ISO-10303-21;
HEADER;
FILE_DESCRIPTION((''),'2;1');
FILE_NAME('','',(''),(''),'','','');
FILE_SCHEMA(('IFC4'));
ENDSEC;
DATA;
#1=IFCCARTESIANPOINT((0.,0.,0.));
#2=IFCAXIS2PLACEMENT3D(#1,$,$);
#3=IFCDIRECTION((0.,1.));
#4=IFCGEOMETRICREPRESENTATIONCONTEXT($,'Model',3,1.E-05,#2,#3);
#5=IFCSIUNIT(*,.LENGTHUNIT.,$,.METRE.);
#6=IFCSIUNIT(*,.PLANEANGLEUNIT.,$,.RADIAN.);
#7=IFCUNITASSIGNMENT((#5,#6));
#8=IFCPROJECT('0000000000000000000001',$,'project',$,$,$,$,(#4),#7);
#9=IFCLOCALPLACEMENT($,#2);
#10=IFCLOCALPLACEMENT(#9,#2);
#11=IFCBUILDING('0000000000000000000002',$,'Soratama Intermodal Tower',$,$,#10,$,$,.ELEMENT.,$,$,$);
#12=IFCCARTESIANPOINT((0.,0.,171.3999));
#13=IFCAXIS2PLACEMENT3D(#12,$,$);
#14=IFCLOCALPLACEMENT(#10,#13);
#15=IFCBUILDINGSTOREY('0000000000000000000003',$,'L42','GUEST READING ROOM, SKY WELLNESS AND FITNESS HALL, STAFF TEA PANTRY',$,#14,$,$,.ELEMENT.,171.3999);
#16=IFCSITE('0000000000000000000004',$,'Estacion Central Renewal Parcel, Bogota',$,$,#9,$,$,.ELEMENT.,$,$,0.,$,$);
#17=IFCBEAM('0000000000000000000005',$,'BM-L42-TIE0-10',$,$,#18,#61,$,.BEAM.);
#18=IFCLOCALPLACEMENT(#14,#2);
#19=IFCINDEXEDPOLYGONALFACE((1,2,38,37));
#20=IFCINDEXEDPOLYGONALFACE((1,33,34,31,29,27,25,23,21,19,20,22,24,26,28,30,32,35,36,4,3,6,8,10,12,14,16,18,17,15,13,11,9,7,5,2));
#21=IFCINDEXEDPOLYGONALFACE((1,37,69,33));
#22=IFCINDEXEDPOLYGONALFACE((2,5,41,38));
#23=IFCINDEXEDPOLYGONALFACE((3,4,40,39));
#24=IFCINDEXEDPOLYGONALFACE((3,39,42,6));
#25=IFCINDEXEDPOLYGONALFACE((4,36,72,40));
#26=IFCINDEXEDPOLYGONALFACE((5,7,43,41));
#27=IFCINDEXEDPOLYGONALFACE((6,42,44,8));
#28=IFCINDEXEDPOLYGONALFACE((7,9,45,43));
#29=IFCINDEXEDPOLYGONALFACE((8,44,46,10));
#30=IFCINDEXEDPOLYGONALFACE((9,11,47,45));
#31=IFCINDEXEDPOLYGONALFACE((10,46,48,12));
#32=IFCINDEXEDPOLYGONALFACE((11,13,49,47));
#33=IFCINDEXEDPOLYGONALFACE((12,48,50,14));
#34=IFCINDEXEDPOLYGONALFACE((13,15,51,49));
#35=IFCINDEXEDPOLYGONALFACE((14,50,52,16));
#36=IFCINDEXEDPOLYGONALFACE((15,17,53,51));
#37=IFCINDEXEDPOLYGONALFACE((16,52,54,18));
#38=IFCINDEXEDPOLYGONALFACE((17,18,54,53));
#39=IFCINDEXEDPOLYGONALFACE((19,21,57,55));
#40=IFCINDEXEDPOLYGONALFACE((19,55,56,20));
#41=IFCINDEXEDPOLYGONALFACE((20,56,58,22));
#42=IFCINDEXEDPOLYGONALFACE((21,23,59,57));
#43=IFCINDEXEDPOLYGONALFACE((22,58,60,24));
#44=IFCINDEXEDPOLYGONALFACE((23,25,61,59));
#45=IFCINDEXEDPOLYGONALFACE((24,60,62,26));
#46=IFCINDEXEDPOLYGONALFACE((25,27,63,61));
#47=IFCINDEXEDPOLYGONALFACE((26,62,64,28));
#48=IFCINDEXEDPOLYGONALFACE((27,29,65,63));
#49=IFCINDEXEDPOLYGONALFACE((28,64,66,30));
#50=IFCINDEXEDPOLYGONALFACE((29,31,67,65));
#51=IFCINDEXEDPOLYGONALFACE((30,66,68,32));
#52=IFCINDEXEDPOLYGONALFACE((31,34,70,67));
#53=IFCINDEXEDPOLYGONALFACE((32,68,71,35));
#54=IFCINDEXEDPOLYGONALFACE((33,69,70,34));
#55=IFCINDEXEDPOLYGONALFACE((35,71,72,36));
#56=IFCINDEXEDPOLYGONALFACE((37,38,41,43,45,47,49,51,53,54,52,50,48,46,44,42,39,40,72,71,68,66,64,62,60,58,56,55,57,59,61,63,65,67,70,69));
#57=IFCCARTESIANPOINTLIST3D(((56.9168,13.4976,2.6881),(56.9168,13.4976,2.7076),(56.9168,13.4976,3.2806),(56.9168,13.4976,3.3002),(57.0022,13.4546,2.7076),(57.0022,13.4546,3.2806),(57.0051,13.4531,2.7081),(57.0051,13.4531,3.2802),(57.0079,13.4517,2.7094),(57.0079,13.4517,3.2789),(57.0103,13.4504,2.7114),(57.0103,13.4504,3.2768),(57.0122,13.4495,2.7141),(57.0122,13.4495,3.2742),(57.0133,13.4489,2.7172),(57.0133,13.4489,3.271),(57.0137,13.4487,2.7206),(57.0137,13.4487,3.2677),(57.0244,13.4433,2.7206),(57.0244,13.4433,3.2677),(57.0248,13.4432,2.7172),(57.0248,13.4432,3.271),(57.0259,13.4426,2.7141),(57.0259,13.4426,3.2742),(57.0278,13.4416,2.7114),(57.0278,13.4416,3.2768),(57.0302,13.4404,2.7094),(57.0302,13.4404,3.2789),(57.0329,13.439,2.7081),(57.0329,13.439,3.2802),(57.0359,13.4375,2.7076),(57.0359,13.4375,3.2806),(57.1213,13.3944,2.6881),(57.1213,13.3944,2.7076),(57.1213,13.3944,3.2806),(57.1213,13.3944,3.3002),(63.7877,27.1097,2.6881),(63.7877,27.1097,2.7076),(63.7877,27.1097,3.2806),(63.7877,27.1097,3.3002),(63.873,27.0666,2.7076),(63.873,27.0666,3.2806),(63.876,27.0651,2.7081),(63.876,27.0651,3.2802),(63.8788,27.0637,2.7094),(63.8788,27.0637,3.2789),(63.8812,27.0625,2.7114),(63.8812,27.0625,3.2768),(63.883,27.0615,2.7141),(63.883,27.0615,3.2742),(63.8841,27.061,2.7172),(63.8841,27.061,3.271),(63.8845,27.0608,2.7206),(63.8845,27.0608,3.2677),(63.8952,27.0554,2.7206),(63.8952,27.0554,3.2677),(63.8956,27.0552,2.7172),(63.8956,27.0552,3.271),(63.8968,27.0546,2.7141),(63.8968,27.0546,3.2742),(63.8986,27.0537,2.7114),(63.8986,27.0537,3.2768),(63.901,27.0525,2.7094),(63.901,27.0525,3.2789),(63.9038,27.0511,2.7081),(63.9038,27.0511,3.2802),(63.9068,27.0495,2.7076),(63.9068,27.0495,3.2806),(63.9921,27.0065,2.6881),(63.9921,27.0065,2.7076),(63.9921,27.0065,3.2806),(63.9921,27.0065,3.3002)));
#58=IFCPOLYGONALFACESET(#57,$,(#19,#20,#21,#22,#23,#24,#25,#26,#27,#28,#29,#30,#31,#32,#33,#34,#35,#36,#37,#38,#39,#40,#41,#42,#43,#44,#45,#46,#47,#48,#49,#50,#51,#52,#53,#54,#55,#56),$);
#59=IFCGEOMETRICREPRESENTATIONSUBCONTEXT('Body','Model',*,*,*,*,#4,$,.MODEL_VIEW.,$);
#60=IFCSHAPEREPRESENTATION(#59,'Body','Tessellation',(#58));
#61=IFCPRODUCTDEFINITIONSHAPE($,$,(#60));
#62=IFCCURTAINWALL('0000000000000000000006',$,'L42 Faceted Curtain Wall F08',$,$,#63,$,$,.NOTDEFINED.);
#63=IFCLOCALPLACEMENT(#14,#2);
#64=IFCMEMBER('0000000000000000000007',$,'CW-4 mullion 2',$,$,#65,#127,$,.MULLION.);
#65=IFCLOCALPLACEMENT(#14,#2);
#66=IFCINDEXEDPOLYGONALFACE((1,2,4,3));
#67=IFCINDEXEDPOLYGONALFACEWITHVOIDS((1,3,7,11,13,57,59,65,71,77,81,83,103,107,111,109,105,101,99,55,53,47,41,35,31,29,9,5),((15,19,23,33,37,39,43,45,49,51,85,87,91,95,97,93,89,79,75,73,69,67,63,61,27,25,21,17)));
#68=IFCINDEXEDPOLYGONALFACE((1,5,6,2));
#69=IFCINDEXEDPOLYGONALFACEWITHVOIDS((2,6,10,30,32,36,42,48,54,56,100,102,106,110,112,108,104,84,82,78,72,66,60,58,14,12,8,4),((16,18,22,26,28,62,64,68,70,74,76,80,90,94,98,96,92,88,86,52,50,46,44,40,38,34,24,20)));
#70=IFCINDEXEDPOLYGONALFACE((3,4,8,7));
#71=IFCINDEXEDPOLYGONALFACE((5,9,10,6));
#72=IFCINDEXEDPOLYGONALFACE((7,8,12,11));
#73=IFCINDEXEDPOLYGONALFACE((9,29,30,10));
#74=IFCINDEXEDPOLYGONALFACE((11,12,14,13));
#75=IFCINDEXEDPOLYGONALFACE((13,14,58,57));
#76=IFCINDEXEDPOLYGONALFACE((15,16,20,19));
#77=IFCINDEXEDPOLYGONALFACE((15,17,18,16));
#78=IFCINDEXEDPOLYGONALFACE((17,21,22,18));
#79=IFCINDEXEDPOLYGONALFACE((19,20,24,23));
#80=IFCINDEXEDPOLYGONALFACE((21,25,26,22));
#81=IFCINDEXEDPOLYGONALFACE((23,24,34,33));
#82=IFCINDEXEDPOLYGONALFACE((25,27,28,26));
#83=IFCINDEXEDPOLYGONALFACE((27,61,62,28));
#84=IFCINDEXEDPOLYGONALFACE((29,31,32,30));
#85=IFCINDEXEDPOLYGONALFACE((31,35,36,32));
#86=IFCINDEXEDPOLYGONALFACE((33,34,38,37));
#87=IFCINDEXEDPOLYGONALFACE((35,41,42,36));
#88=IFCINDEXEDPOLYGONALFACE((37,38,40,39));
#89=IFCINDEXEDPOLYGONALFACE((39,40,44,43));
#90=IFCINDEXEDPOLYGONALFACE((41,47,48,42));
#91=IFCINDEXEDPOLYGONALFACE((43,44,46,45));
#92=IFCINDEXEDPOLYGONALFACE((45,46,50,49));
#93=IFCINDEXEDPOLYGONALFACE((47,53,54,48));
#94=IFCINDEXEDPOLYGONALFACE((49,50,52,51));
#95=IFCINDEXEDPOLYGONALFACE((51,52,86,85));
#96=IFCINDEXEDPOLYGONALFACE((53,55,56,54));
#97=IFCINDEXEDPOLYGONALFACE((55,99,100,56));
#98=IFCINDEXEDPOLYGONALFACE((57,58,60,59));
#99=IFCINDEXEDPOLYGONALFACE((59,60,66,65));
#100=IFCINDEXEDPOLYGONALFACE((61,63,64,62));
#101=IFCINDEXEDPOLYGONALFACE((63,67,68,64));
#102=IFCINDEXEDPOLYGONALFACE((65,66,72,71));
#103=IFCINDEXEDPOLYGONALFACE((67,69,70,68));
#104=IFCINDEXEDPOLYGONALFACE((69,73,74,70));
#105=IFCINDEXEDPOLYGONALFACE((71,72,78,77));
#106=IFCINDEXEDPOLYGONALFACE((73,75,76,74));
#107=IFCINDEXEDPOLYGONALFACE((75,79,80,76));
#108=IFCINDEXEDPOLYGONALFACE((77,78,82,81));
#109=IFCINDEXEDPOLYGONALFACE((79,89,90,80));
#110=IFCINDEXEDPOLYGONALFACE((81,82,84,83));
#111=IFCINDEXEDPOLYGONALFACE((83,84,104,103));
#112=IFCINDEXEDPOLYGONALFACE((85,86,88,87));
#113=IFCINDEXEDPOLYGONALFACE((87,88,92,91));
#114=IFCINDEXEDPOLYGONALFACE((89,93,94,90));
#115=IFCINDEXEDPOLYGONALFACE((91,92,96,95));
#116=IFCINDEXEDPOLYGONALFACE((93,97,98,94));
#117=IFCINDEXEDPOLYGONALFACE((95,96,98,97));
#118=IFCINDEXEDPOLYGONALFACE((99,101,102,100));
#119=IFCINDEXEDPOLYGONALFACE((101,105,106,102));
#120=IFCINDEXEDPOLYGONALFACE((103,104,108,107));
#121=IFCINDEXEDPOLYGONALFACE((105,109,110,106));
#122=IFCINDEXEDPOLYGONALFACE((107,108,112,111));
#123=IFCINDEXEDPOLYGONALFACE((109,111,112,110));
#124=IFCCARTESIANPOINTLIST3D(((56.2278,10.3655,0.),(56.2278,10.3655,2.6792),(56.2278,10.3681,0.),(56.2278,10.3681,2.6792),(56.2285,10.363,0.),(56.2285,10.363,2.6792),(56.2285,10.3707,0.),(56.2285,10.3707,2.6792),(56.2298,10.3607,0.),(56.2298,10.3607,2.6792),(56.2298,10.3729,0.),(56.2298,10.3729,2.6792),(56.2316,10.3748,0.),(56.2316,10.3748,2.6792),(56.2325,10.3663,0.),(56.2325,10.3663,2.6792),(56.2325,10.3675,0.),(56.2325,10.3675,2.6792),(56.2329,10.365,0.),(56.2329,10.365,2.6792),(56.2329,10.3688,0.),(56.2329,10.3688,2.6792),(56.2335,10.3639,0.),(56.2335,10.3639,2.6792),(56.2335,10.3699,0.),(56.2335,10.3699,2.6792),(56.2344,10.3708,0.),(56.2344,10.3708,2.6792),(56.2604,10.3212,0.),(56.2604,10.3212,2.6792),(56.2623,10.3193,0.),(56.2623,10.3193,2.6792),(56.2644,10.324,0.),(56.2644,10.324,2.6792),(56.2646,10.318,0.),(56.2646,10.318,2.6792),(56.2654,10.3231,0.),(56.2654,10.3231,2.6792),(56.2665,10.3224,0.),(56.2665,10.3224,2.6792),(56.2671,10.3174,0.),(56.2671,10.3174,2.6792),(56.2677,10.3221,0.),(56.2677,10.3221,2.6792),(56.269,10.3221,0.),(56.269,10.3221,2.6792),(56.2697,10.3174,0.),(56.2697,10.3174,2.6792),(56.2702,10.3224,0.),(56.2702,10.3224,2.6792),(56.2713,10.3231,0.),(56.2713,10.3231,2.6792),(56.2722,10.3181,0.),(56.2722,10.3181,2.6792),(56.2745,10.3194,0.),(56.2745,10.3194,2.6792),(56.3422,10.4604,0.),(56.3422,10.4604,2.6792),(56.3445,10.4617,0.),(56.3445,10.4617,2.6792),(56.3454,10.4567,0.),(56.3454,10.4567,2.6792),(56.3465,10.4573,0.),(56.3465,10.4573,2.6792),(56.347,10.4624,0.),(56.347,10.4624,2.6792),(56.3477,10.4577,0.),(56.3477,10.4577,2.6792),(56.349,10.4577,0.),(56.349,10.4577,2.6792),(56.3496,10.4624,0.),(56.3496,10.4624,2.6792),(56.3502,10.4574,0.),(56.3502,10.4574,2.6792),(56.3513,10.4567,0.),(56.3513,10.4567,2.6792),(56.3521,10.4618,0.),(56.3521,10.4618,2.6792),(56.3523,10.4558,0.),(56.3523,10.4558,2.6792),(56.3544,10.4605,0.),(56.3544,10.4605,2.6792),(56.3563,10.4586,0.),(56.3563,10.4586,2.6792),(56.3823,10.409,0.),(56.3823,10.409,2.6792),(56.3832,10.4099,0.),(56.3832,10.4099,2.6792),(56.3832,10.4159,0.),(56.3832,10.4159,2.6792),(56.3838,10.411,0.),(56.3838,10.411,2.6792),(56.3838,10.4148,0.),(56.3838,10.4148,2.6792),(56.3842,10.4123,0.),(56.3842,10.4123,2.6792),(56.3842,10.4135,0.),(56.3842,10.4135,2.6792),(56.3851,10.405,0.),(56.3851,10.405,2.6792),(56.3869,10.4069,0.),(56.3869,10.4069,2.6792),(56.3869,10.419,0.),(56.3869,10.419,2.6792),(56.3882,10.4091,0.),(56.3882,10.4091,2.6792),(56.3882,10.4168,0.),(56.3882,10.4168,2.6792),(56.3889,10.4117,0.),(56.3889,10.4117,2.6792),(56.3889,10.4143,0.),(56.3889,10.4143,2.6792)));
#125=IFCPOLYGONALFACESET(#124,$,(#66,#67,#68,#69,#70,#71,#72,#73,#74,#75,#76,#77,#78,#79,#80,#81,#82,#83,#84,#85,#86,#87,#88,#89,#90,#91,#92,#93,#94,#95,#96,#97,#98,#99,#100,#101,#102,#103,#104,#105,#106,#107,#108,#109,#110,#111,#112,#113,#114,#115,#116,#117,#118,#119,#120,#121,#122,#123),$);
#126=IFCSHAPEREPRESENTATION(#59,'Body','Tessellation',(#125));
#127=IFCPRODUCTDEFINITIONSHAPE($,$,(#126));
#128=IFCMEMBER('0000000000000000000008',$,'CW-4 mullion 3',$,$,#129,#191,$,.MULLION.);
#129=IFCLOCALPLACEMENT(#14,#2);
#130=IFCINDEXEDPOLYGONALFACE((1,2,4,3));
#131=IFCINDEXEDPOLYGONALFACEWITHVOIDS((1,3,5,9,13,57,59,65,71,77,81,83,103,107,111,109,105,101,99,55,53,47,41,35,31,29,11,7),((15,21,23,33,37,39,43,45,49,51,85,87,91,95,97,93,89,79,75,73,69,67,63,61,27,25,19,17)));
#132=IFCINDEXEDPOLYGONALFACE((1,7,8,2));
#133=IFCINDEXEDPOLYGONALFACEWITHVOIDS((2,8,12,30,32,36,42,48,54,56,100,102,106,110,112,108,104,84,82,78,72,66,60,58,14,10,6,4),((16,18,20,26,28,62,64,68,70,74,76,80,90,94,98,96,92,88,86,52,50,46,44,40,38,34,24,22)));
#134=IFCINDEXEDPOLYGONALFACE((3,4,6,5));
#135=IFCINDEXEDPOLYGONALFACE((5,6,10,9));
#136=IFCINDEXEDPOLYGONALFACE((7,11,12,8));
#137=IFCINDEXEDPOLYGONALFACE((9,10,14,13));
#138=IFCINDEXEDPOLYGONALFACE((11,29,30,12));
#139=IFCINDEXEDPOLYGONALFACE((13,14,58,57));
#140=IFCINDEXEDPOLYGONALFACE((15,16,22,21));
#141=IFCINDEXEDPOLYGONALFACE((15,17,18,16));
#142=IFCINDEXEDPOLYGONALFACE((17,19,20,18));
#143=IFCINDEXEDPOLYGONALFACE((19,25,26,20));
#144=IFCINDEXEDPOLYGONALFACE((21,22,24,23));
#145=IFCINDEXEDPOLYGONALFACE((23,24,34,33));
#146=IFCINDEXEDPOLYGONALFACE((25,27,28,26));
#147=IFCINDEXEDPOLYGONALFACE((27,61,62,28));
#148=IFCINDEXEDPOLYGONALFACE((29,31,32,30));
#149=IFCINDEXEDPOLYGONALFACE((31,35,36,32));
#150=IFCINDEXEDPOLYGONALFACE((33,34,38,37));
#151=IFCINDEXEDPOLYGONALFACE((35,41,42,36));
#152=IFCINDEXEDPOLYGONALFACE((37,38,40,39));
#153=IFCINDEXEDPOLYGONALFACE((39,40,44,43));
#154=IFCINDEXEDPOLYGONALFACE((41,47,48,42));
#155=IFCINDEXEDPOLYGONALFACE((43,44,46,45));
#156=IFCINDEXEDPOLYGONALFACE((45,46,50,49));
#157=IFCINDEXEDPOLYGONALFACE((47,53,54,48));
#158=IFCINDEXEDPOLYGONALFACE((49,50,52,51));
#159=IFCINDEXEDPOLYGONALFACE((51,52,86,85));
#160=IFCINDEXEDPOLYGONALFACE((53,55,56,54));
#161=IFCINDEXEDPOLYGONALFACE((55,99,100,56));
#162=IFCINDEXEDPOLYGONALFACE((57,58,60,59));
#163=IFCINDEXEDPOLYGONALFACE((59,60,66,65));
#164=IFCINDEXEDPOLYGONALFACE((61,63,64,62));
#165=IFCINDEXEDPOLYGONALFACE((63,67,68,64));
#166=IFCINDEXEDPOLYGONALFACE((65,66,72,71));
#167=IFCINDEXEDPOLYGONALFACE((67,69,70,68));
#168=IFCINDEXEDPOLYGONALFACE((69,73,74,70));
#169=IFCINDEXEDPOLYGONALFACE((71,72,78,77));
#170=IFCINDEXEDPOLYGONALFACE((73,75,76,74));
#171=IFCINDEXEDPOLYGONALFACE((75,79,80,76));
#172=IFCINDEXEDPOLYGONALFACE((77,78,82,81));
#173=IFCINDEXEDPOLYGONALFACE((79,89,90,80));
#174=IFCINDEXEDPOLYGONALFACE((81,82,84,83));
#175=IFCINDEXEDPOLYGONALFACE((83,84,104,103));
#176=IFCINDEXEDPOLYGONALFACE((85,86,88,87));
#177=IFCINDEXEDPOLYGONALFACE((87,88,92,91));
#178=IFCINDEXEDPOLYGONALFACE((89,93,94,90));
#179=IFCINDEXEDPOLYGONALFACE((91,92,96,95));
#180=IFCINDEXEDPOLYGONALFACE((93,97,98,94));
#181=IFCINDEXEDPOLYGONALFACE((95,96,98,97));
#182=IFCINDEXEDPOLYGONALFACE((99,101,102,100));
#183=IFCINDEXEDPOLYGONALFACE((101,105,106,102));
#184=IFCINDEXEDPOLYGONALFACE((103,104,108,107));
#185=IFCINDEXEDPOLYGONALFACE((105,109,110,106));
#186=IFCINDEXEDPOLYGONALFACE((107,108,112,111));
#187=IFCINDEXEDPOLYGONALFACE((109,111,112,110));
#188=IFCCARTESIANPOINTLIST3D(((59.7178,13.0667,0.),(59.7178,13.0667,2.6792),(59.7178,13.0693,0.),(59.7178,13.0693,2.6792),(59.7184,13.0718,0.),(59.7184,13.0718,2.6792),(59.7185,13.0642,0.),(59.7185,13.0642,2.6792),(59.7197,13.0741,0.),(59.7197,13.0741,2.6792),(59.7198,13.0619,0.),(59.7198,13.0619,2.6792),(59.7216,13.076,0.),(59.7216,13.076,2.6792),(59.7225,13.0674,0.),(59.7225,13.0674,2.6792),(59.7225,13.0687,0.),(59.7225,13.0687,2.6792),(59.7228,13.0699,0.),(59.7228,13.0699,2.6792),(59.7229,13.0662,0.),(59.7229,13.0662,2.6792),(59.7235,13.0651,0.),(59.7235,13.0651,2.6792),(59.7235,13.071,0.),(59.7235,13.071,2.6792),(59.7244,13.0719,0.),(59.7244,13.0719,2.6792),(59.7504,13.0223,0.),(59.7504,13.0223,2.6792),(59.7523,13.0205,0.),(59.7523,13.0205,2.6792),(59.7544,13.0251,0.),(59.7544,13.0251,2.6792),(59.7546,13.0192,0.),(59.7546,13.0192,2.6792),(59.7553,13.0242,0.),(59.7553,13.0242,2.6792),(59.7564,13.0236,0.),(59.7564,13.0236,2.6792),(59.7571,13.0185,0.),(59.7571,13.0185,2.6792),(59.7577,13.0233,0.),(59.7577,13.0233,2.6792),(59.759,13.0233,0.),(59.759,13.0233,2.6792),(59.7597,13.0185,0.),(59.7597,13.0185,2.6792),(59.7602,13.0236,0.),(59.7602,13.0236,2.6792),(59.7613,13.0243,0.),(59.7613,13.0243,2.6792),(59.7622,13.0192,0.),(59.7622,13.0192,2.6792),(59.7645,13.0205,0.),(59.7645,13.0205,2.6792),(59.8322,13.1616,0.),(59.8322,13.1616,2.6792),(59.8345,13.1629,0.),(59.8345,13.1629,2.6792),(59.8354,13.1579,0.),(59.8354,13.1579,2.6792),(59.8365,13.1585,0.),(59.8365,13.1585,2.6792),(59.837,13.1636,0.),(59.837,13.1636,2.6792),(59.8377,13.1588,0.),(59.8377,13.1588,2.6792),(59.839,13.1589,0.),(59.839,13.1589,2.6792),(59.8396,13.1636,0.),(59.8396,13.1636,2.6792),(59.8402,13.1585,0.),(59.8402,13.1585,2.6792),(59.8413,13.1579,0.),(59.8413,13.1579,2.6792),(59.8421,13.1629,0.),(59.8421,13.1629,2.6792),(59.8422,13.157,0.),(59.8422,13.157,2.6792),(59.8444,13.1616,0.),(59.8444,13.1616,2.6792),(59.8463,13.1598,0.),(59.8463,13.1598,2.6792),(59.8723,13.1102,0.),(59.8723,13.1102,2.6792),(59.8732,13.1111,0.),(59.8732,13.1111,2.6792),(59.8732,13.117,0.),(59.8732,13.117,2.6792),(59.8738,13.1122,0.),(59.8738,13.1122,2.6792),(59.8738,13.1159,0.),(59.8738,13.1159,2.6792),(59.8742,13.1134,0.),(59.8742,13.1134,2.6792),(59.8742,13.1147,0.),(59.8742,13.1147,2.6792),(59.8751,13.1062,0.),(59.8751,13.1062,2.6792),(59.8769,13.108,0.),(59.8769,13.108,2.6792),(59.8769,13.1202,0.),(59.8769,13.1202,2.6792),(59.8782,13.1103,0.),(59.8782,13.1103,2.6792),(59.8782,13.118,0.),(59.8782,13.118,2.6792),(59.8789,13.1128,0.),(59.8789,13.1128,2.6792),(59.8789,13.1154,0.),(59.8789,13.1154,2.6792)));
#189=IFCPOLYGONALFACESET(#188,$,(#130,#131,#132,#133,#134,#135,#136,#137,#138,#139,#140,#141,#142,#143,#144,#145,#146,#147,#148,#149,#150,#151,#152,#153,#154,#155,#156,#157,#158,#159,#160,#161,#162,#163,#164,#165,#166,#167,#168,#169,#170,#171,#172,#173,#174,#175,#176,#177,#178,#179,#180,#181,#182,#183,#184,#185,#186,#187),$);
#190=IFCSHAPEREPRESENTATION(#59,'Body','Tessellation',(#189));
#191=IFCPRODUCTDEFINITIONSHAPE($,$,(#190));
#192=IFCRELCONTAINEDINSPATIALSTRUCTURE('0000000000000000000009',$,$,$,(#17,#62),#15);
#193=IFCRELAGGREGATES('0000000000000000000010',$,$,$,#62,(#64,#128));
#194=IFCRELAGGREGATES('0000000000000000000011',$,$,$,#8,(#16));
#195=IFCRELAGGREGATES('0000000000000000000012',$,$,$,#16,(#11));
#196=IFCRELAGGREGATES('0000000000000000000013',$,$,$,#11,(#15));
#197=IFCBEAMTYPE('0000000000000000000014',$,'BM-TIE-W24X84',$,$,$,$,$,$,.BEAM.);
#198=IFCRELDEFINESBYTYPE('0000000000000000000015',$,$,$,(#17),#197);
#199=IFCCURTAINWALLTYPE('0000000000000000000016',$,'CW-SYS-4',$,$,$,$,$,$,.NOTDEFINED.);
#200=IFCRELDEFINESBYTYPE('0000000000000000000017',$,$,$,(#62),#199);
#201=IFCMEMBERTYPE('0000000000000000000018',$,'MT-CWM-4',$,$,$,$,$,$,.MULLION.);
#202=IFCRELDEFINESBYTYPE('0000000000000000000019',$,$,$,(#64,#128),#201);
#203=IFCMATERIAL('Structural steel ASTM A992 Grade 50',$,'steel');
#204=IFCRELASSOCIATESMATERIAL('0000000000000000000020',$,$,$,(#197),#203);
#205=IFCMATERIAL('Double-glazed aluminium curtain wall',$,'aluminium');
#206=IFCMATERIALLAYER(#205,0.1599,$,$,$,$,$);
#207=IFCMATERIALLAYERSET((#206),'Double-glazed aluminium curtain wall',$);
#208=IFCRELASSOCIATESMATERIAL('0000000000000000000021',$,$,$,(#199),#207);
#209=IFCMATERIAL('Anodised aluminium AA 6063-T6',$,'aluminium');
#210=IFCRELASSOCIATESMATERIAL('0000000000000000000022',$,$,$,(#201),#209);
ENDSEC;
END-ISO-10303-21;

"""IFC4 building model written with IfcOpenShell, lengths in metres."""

from ifc_helpers import new_model, si_unit, direction, frame, origin, origin_2d, place, context, subcontext, project, spatial, hollow_rectangle, i_section, extrude, material, layer, layer_set, material_profile, profile_set, type_object, element, aggregate, save


model = new_model("IFC4")

# Units and contexts
model_context = context("Model", 3, precision=1e-05, world=origin(), true_north=direction((0.0, 1.0)))
body_context = subcontext(model_context, "Body", "Model", "MODEL_VIEW")
ifc_project = project(units=[si_unit("LENGTHUNIT", "METRE"), si_unit("PLANEANGLEUNIT", "RADIAN")], contexts=[model_context])

# Site, building, storey
site_placement = place(None, origin())
site = spatial("IfcSite", under=ifc_project, at=site_placement, Name="Estacion Central Renewal Parcel, Bogota", CompositionType="ELEMENT", RefElevation=0.0)
building_placement = place(site_placement, origin())
building = spatial("IfcBuilding", under=site, at=building_placement, Name="Soratama Intermodal Tower", CompositionType="ELEMENT")
storey_placement = place(building_placement, frame((0.0, 0.0, 171.3999)))
storey = spatial("IfcBuildingStorey", under=building, at=storey_placement, Name="L42", Description="GUEST READING ROOM, SKY WELLNESS AND FITNESS HALL, STAFF TEA PANTRY", CompositionType="ELEMENT", Elevation=171.3999)

# Beam
ifc_material_1 = material(Name="Structural steel ASTM A992 Grade 50", Category="steel")
ifc_material_profile_1 = material_profile(ifc_material_1, i_section(OverallWidth=0.229, OverallDepth=0.6121, WebThickness=0.012, FlangeThickness=0.0195, FilletRadius=0.0129, at=origin_2d()), Name="W24X84")
ifc_profile_set_1 = profile_set([ifc_material_profile_1], Name="Structural steel ASTM A992 Grade 50")
beam_type_1 = type_object("IfcBeamType", Name="BM-TIE-W24X84", PredefinedType="BEAM", material=ifc_profile_set_1)
beam_1_placement = place(storey_placement, frame((57.019, 13.446, 2.9941), z_axis=(0.450611, 0.89272, 0.0), x_axis=(-0.89272, 0.450611, 0.0)))
element("IfcBeam", 1, at=beam_1_placement, inside=storey, type_object=beam_type_1, Name="BM-L42-TIE0-10", PredefinedType="BEAM", context=body_context, shape_type="SweptSolid", body=[
    extrude(i_section(OverallWidth=0.229, OverallDepth=0.6121, WebThickness=0.012, FlangeThickness=0.0195, FilletRadius=0.0129, at=origin_2d()), origin(), (0.0, 0.0, 1.0), 15.2478),
])

# Curtain wall, members
ifc_material_2 = material(Name="Double-glazed aluminium curtain wall", Category="aluminium")
ifc_layer_1 = layer(ifc_material_2, 0.1599)
ifc_layer_set_1 = layer_set([ifc_layer_1], Name="Double-glazed aluminium curtain wall")
curtain_wall_type = type_object("IfcCurtainWallType", Name="CW-SYS-4", PredefinedType="NOTDEFINED", material=ifc_layer_set_1)
curtain_wall_placement = place(storey_placement, origin())
curtain_wall = element("IfcCurtainWall", 2, at=curtain_wall_placement, inside=storey, type_object=curtain_wall_type, Name="L42 Faceted Curtain Wall F08", PredefinedType="NOTDEFINED")
ifc_material_3 = material(Name="Anodised aluminium AA 6063-T6", Category="aluminium")
ifc_material_profile_2 = material_profile(ifc_material_3, hollow_rectangle(XDim=0.0701, YDim=0.1599, WallThickness=0.0049, InnerFilletRadius=0.0049, OuterFilletRadius=0.01, at=origin_2d()), Name="CWM160X70X5")
ifc_profile_set_2 = profile_set([ifc_material_profile_2], Name="Anodised aluminium AA 6063-T6")
member_type_1 = type_object("IfcMemberType", Name="MT-CWM-4", PredefinedType="MULLION", material=ifc_profile_set_2)
member_1_placement = place(storey_placement, frame((56.3083, 10.3899, 0.0), z_axis=(0.0, 0.0, 1.0), x_axis=(-0.612073, 0.790801, 0.0)))
member_1 = element("IfcMember", 3, at=member_1_placement, type_object=member_type_1, Name="CW-4 mullion 2", PredefinedType="MULLION", context=body_context, shape_type="SweptSolid", body=[
    extrude(hollow_rectangle(XDim=0.0701, YDim=0.1599, WallThickness=0.0049, InnerFilletRadius=0.0049, OuterFilletRadius=0.01, at=origin_2d()), origin(), (0.0, 0.0, 1.0), 2.6792),
])
member_2_placement = place(storey_placement, frame((59.7983, 13.0911, 0.0), z_axis=(0.0, 0.0, 1.0), x_axis=(-0.612073, 0.790801, 0.0)))
member_2 = element("IfcMember", 4, at=member_2_placement, type_object=member_type_1, Name="CW-4 mullion 3", PredefinedType="MULLION", context=body_context, shape_type="SweptSolid", body=[
    extrude(hollow_rectangle(XDim=0.0701, YDim=0.1599, WallThickness=0.0049, InnerFilletRadius=0.0049, OuterFilletRadius=0.01, at=origin_2d()), origin(), (0.0, 0.0, 1.0), 2.6792),
])
aggregate(curtain_wall, [member_1, member_2])

save(model, "model.ifc")
